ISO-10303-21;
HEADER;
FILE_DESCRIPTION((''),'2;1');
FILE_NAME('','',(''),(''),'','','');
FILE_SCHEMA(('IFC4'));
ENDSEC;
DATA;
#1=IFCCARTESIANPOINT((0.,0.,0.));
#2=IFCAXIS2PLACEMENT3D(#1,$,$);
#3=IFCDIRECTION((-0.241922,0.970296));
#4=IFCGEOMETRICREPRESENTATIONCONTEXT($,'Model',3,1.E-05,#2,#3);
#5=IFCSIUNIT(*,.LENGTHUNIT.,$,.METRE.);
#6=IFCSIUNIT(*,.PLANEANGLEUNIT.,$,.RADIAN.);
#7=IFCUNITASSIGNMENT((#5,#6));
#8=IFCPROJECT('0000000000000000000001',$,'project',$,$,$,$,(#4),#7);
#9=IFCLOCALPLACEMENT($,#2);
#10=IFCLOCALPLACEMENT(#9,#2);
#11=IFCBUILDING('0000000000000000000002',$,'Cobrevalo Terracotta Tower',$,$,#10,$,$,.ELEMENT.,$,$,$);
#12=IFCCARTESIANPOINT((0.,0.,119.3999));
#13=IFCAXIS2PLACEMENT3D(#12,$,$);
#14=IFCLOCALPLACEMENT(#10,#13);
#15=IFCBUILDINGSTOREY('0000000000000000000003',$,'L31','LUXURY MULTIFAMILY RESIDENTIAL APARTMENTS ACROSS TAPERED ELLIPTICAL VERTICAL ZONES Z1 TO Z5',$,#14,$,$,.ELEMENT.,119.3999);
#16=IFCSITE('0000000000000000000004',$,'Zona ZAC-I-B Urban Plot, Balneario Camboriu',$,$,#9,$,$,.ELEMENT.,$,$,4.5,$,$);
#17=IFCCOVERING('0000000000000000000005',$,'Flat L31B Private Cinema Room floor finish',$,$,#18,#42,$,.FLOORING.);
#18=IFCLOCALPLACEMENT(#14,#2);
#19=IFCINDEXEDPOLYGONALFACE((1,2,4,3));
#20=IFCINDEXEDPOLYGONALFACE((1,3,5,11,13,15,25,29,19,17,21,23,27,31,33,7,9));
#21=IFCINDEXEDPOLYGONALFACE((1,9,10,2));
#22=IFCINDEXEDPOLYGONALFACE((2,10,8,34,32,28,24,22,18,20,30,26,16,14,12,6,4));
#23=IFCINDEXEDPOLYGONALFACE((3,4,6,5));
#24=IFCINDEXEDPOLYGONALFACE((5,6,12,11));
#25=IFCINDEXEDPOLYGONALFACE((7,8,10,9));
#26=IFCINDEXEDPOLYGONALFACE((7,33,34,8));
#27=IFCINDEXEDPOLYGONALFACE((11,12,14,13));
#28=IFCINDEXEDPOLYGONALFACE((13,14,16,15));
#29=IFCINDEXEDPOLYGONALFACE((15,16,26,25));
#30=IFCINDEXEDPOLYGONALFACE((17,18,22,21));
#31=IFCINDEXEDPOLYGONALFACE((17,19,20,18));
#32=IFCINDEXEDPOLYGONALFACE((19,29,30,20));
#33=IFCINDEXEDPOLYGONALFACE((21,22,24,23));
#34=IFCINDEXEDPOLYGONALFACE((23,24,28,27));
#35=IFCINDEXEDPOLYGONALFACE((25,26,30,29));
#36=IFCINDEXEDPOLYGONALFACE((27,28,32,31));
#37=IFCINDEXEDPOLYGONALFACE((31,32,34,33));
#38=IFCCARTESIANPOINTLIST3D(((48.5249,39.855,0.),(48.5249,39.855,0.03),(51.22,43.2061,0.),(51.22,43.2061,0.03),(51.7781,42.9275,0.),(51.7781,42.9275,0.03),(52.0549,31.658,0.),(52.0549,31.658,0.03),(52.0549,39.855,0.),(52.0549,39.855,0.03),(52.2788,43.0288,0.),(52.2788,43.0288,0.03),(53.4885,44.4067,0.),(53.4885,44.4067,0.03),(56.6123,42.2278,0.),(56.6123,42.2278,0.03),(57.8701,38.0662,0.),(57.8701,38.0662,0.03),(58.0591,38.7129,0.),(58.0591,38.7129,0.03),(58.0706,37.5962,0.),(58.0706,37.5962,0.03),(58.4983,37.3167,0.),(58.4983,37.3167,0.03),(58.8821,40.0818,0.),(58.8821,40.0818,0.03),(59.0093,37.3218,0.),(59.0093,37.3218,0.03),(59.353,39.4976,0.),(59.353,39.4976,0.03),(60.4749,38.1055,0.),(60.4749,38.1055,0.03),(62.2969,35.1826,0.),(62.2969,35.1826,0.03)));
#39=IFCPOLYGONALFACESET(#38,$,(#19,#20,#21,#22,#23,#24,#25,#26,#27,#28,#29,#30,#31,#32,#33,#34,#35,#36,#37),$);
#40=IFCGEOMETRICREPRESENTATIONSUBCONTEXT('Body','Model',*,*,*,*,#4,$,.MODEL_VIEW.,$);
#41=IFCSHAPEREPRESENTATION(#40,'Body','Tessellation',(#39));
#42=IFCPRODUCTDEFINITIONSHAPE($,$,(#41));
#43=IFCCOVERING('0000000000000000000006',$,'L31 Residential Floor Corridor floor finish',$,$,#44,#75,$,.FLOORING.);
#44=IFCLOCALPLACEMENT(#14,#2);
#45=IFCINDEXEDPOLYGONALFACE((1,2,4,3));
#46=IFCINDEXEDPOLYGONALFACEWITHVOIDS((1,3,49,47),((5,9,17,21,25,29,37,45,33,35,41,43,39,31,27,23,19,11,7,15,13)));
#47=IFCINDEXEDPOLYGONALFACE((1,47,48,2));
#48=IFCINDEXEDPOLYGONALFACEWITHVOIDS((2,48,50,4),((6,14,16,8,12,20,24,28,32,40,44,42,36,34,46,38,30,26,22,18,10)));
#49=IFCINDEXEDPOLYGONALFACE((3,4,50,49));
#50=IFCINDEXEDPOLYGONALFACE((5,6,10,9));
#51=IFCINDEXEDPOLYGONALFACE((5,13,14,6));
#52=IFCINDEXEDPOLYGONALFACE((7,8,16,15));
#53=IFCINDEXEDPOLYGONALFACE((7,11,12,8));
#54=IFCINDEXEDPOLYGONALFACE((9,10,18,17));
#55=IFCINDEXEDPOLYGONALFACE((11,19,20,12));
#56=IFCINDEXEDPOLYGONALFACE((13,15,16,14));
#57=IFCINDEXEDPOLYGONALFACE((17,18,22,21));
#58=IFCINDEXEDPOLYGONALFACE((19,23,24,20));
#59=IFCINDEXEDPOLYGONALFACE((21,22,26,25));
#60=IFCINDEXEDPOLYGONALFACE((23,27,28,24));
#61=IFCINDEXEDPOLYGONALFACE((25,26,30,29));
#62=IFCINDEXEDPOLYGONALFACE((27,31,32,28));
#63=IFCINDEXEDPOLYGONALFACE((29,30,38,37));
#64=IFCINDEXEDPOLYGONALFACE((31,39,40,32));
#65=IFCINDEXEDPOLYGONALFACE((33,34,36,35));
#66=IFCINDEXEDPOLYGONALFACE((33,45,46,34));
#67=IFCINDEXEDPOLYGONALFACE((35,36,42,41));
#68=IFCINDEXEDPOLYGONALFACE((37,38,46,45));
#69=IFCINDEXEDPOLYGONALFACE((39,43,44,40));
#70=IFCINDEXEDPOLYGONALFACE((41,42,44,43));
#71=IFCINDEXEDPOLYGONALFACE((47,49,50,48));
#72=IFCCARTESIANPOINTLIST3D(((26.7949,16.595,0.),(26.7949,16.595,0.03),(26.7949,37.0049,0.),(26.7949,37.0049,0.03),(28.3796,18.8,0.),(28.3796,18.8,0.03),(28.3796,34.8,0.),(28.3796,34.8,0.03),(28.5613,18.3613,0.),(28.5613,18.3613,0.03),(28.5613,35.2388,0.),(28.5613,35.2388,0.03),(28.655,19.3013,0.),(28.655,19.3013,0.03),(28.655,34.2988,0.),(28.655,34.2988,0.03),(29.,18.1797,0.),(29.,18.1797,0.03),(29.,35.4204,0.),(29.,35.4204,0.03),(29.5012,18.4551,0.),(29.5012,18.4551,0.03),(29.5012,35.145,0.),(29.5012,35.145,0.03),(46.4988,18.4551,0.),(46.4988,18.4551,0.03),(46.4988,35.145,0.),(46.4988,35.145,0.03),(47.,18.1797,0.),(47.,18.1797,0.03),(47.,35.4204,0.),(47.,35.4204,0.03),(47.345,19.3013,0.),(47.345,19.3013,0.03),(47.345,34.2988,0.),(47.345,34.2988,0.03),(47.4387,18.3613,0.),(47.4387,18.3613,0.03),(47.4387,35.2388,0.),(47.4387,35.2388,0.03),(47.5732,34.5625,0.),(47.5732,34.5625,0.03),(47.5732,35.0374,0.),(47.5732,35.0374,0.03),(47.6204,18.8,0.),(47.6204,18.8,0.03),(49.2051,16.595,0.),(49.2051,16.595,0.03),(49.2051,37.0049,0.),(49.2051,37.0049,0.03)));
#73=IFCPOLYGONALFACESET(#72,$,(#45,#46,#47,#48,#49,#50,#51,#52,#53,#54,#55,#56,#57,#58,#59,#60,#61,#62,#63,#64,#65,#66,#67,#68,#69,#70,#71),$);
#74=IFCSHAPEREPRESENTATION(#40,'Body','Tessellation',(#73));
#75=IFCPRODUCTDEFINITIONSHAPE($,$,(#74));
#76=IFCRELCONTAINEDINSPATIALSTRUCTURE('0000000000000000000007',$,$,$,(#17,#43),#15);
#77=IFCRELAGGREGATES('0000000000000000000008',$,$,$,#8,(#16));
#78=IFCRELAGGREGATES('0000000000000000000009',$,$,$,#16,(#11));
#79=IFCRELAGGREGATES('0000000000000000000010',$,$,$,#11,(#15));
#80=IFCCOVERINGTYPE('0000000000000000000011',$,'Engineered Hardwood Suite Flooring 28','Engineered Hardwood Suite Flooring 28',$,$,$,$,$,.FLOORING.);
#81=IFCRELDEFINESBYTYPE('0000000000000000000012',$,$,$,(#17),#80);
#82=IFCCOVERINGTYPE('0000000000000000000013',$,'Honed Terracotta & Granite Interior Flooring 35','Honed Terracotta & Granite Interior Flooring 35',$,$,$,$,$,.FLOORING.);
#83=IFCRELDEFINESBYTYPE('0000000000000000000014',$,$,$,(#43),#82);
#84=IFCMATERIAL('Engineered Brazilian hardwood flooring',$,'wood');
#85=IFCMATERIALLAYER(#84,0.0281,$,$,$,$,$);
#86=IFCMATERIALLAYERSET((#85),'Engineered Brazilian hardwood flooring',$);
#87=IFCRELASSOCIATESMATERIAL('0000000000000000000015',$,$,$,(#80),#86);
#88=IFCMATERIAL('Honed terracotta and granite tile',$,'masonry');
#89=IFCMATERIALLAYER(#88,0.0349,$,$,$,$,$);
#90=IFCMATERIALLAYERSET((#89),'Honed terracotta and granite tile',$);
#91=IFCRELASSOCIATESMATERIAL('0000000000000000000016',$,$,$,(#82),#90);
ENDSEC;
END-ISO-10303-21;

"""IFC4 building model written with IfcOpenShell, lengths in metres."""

from ifc_helpers import new_model, si_unit, direction, frame, origin, place, context, subcontext, project, spatial, polyline, outline, extrude, material, layer, layer_set, type_object, element, save


model = new_model("IFC4")

# Units and contexts
model_context = context("Model", 3, precision=1e-05, world=origin(), true_north=direction((-0.241922, 0.970296)))
body_context = subcontext(model_context, "Body", "Model", "MODEL_VIEW")
ifc_project = project(units=[si_unit("LENGTHUNIT", "METRE"), si_unit("PLANEANGLEUNIT", "RADIAN")], contexts=[model_context])

# Site, building, storey
site_placement = place(None, origin())
site = spatial("IfcSite", under=ifc_project, at=site_placement, Name="Zona ZAC-I-B Urban Plot, Balneario Camboriu", CompositionType="ELEMENT", RefElevation=4.5)
building_placement = place(site_placement, origin())
building = spatial("IfcBuilding", under=site, at=building_placement, Name="Cobrevalo Terracotta Tower", CompositionType="ELEMENT")
storey_placement = place(building_placement, frame((0.0, 0.0, 119.3999)))
storey = spatial("IfcBuildingStorey", under=building, at=storey_placement, Name="L31", Description="LUXURY MULTIFAMILY RESIDENTIAL APARTMENTS ACROSS TAPERED ELLIPTICAL VERTICAL ZONES Z1 TO Z5", CompositionType="ELEMENT", Elevation=119.3999)

# Coverings
ifc_material_1 = material(Name="Engineered Brazilian hardwood flooring", Category="wood")
ifc_layer_1 = layer(ifc_material_1, 0.0281)
ifc_layer_set_1 = layer_set([ifc_layer_1], Name="Engineered Brazilian hardwood flooring")
covering_type_1 = type_object("IfcCoveringType", Name="Engineered Hardwood Suite Flooring 28", Description="Engineered Hardwood Suite Flooring 28", PredefinedType="FLOORING", material=ifc_layer_set_1)
covering_1_placement = place(storey_placement, origin())
element("IfcCovering", 1, at=covering_1_placement, inside=storey, type_object=covering_type_1, Name="Flat L31B Private Cinema Room floor finish", PredefinedType="FLOORING", context=body_context, shape_type="SweptSolid", body=[
    extrude(outline(polyline([(48.5249, 39.855), (51.22, 43.2061), (51.7781, 42.9275), (52.2788, 43.0288), (53.4885, 44.4067), (56.6123, 42.2278), (58.8821, 40.0818), (59.353, 39.4976), (58.0591, 38.7129), (57.8701, 38.0662), (58.0706, 37.5962), (58.4983, 37.3167), (59.0093, 37.3218), (60.4749, 38.1055), (62.2969, 35.1826), (52.0549, 31.658), (52.0549, 39.855), (48.5249, 39.855)])), origin(), (0.0, 0.0, 1.0), 0.03),
])
ifc_material_2 = material(Name="Honed terracotta and granite tile", Category="masonry")
ifc_layer_2 = layer(ifc_material_2, 0.0349)
ifc_layer_set_2 = layer_set([ifc_layer_2], Name="Honed terracotta and granite tile")
covering_type_2 = type_object("IfcCoveringType", Name="Honed Terracotta & Granite Interior Flooring 35", Description="Honed Terracotta & Granite Interior Flooring 35", PredefinedType="FLOORING", material=ifc_layer_set_2)
covering_2_placement = place(storey_placement, origin())
element("IfcCovering", 2, at=covering_2_placement, inside=storey, type_object=covering_type_2, Name="L31 Residential Floor Corridor floor finish", PredefinedType="FLOORING", context=body_context, shape_type="SweptSolid", body=[
    extrude(outline(polyline([(49.2051, 37.0049), (49.2051, 16.595), (26.7949, 16.595), (26.7949, 37.0049), (49.2051, 37.0049)]), holes=[polyline([(47.345, 34.2988), (47.5732, 34.5625), (47.5732, 35.0374), (47.4387, 35.2388), (47.0, 35.4204), (46.4988, 35.145), (29.5012, 35.145), (29.0, 35.4204), (28.5613, 35.2388), (28.3796, 34.8), (28.655, 34.2988), (28.655, 19.3013), (28.3796, 18.8), (28.5613, 18.3613), (29.0, 18.1797), (29.5012, 18.4551), (46.4988, 18.4551), (47.0, 18.1797), (47.4387, 18.3613), (47.6204, 18.8), (47.345, 19.3013), (47.345, 34.2988)])]), origin(), (0.0, 0.0, 1.0), 0.03),
])

save(model, "model.ifc")
